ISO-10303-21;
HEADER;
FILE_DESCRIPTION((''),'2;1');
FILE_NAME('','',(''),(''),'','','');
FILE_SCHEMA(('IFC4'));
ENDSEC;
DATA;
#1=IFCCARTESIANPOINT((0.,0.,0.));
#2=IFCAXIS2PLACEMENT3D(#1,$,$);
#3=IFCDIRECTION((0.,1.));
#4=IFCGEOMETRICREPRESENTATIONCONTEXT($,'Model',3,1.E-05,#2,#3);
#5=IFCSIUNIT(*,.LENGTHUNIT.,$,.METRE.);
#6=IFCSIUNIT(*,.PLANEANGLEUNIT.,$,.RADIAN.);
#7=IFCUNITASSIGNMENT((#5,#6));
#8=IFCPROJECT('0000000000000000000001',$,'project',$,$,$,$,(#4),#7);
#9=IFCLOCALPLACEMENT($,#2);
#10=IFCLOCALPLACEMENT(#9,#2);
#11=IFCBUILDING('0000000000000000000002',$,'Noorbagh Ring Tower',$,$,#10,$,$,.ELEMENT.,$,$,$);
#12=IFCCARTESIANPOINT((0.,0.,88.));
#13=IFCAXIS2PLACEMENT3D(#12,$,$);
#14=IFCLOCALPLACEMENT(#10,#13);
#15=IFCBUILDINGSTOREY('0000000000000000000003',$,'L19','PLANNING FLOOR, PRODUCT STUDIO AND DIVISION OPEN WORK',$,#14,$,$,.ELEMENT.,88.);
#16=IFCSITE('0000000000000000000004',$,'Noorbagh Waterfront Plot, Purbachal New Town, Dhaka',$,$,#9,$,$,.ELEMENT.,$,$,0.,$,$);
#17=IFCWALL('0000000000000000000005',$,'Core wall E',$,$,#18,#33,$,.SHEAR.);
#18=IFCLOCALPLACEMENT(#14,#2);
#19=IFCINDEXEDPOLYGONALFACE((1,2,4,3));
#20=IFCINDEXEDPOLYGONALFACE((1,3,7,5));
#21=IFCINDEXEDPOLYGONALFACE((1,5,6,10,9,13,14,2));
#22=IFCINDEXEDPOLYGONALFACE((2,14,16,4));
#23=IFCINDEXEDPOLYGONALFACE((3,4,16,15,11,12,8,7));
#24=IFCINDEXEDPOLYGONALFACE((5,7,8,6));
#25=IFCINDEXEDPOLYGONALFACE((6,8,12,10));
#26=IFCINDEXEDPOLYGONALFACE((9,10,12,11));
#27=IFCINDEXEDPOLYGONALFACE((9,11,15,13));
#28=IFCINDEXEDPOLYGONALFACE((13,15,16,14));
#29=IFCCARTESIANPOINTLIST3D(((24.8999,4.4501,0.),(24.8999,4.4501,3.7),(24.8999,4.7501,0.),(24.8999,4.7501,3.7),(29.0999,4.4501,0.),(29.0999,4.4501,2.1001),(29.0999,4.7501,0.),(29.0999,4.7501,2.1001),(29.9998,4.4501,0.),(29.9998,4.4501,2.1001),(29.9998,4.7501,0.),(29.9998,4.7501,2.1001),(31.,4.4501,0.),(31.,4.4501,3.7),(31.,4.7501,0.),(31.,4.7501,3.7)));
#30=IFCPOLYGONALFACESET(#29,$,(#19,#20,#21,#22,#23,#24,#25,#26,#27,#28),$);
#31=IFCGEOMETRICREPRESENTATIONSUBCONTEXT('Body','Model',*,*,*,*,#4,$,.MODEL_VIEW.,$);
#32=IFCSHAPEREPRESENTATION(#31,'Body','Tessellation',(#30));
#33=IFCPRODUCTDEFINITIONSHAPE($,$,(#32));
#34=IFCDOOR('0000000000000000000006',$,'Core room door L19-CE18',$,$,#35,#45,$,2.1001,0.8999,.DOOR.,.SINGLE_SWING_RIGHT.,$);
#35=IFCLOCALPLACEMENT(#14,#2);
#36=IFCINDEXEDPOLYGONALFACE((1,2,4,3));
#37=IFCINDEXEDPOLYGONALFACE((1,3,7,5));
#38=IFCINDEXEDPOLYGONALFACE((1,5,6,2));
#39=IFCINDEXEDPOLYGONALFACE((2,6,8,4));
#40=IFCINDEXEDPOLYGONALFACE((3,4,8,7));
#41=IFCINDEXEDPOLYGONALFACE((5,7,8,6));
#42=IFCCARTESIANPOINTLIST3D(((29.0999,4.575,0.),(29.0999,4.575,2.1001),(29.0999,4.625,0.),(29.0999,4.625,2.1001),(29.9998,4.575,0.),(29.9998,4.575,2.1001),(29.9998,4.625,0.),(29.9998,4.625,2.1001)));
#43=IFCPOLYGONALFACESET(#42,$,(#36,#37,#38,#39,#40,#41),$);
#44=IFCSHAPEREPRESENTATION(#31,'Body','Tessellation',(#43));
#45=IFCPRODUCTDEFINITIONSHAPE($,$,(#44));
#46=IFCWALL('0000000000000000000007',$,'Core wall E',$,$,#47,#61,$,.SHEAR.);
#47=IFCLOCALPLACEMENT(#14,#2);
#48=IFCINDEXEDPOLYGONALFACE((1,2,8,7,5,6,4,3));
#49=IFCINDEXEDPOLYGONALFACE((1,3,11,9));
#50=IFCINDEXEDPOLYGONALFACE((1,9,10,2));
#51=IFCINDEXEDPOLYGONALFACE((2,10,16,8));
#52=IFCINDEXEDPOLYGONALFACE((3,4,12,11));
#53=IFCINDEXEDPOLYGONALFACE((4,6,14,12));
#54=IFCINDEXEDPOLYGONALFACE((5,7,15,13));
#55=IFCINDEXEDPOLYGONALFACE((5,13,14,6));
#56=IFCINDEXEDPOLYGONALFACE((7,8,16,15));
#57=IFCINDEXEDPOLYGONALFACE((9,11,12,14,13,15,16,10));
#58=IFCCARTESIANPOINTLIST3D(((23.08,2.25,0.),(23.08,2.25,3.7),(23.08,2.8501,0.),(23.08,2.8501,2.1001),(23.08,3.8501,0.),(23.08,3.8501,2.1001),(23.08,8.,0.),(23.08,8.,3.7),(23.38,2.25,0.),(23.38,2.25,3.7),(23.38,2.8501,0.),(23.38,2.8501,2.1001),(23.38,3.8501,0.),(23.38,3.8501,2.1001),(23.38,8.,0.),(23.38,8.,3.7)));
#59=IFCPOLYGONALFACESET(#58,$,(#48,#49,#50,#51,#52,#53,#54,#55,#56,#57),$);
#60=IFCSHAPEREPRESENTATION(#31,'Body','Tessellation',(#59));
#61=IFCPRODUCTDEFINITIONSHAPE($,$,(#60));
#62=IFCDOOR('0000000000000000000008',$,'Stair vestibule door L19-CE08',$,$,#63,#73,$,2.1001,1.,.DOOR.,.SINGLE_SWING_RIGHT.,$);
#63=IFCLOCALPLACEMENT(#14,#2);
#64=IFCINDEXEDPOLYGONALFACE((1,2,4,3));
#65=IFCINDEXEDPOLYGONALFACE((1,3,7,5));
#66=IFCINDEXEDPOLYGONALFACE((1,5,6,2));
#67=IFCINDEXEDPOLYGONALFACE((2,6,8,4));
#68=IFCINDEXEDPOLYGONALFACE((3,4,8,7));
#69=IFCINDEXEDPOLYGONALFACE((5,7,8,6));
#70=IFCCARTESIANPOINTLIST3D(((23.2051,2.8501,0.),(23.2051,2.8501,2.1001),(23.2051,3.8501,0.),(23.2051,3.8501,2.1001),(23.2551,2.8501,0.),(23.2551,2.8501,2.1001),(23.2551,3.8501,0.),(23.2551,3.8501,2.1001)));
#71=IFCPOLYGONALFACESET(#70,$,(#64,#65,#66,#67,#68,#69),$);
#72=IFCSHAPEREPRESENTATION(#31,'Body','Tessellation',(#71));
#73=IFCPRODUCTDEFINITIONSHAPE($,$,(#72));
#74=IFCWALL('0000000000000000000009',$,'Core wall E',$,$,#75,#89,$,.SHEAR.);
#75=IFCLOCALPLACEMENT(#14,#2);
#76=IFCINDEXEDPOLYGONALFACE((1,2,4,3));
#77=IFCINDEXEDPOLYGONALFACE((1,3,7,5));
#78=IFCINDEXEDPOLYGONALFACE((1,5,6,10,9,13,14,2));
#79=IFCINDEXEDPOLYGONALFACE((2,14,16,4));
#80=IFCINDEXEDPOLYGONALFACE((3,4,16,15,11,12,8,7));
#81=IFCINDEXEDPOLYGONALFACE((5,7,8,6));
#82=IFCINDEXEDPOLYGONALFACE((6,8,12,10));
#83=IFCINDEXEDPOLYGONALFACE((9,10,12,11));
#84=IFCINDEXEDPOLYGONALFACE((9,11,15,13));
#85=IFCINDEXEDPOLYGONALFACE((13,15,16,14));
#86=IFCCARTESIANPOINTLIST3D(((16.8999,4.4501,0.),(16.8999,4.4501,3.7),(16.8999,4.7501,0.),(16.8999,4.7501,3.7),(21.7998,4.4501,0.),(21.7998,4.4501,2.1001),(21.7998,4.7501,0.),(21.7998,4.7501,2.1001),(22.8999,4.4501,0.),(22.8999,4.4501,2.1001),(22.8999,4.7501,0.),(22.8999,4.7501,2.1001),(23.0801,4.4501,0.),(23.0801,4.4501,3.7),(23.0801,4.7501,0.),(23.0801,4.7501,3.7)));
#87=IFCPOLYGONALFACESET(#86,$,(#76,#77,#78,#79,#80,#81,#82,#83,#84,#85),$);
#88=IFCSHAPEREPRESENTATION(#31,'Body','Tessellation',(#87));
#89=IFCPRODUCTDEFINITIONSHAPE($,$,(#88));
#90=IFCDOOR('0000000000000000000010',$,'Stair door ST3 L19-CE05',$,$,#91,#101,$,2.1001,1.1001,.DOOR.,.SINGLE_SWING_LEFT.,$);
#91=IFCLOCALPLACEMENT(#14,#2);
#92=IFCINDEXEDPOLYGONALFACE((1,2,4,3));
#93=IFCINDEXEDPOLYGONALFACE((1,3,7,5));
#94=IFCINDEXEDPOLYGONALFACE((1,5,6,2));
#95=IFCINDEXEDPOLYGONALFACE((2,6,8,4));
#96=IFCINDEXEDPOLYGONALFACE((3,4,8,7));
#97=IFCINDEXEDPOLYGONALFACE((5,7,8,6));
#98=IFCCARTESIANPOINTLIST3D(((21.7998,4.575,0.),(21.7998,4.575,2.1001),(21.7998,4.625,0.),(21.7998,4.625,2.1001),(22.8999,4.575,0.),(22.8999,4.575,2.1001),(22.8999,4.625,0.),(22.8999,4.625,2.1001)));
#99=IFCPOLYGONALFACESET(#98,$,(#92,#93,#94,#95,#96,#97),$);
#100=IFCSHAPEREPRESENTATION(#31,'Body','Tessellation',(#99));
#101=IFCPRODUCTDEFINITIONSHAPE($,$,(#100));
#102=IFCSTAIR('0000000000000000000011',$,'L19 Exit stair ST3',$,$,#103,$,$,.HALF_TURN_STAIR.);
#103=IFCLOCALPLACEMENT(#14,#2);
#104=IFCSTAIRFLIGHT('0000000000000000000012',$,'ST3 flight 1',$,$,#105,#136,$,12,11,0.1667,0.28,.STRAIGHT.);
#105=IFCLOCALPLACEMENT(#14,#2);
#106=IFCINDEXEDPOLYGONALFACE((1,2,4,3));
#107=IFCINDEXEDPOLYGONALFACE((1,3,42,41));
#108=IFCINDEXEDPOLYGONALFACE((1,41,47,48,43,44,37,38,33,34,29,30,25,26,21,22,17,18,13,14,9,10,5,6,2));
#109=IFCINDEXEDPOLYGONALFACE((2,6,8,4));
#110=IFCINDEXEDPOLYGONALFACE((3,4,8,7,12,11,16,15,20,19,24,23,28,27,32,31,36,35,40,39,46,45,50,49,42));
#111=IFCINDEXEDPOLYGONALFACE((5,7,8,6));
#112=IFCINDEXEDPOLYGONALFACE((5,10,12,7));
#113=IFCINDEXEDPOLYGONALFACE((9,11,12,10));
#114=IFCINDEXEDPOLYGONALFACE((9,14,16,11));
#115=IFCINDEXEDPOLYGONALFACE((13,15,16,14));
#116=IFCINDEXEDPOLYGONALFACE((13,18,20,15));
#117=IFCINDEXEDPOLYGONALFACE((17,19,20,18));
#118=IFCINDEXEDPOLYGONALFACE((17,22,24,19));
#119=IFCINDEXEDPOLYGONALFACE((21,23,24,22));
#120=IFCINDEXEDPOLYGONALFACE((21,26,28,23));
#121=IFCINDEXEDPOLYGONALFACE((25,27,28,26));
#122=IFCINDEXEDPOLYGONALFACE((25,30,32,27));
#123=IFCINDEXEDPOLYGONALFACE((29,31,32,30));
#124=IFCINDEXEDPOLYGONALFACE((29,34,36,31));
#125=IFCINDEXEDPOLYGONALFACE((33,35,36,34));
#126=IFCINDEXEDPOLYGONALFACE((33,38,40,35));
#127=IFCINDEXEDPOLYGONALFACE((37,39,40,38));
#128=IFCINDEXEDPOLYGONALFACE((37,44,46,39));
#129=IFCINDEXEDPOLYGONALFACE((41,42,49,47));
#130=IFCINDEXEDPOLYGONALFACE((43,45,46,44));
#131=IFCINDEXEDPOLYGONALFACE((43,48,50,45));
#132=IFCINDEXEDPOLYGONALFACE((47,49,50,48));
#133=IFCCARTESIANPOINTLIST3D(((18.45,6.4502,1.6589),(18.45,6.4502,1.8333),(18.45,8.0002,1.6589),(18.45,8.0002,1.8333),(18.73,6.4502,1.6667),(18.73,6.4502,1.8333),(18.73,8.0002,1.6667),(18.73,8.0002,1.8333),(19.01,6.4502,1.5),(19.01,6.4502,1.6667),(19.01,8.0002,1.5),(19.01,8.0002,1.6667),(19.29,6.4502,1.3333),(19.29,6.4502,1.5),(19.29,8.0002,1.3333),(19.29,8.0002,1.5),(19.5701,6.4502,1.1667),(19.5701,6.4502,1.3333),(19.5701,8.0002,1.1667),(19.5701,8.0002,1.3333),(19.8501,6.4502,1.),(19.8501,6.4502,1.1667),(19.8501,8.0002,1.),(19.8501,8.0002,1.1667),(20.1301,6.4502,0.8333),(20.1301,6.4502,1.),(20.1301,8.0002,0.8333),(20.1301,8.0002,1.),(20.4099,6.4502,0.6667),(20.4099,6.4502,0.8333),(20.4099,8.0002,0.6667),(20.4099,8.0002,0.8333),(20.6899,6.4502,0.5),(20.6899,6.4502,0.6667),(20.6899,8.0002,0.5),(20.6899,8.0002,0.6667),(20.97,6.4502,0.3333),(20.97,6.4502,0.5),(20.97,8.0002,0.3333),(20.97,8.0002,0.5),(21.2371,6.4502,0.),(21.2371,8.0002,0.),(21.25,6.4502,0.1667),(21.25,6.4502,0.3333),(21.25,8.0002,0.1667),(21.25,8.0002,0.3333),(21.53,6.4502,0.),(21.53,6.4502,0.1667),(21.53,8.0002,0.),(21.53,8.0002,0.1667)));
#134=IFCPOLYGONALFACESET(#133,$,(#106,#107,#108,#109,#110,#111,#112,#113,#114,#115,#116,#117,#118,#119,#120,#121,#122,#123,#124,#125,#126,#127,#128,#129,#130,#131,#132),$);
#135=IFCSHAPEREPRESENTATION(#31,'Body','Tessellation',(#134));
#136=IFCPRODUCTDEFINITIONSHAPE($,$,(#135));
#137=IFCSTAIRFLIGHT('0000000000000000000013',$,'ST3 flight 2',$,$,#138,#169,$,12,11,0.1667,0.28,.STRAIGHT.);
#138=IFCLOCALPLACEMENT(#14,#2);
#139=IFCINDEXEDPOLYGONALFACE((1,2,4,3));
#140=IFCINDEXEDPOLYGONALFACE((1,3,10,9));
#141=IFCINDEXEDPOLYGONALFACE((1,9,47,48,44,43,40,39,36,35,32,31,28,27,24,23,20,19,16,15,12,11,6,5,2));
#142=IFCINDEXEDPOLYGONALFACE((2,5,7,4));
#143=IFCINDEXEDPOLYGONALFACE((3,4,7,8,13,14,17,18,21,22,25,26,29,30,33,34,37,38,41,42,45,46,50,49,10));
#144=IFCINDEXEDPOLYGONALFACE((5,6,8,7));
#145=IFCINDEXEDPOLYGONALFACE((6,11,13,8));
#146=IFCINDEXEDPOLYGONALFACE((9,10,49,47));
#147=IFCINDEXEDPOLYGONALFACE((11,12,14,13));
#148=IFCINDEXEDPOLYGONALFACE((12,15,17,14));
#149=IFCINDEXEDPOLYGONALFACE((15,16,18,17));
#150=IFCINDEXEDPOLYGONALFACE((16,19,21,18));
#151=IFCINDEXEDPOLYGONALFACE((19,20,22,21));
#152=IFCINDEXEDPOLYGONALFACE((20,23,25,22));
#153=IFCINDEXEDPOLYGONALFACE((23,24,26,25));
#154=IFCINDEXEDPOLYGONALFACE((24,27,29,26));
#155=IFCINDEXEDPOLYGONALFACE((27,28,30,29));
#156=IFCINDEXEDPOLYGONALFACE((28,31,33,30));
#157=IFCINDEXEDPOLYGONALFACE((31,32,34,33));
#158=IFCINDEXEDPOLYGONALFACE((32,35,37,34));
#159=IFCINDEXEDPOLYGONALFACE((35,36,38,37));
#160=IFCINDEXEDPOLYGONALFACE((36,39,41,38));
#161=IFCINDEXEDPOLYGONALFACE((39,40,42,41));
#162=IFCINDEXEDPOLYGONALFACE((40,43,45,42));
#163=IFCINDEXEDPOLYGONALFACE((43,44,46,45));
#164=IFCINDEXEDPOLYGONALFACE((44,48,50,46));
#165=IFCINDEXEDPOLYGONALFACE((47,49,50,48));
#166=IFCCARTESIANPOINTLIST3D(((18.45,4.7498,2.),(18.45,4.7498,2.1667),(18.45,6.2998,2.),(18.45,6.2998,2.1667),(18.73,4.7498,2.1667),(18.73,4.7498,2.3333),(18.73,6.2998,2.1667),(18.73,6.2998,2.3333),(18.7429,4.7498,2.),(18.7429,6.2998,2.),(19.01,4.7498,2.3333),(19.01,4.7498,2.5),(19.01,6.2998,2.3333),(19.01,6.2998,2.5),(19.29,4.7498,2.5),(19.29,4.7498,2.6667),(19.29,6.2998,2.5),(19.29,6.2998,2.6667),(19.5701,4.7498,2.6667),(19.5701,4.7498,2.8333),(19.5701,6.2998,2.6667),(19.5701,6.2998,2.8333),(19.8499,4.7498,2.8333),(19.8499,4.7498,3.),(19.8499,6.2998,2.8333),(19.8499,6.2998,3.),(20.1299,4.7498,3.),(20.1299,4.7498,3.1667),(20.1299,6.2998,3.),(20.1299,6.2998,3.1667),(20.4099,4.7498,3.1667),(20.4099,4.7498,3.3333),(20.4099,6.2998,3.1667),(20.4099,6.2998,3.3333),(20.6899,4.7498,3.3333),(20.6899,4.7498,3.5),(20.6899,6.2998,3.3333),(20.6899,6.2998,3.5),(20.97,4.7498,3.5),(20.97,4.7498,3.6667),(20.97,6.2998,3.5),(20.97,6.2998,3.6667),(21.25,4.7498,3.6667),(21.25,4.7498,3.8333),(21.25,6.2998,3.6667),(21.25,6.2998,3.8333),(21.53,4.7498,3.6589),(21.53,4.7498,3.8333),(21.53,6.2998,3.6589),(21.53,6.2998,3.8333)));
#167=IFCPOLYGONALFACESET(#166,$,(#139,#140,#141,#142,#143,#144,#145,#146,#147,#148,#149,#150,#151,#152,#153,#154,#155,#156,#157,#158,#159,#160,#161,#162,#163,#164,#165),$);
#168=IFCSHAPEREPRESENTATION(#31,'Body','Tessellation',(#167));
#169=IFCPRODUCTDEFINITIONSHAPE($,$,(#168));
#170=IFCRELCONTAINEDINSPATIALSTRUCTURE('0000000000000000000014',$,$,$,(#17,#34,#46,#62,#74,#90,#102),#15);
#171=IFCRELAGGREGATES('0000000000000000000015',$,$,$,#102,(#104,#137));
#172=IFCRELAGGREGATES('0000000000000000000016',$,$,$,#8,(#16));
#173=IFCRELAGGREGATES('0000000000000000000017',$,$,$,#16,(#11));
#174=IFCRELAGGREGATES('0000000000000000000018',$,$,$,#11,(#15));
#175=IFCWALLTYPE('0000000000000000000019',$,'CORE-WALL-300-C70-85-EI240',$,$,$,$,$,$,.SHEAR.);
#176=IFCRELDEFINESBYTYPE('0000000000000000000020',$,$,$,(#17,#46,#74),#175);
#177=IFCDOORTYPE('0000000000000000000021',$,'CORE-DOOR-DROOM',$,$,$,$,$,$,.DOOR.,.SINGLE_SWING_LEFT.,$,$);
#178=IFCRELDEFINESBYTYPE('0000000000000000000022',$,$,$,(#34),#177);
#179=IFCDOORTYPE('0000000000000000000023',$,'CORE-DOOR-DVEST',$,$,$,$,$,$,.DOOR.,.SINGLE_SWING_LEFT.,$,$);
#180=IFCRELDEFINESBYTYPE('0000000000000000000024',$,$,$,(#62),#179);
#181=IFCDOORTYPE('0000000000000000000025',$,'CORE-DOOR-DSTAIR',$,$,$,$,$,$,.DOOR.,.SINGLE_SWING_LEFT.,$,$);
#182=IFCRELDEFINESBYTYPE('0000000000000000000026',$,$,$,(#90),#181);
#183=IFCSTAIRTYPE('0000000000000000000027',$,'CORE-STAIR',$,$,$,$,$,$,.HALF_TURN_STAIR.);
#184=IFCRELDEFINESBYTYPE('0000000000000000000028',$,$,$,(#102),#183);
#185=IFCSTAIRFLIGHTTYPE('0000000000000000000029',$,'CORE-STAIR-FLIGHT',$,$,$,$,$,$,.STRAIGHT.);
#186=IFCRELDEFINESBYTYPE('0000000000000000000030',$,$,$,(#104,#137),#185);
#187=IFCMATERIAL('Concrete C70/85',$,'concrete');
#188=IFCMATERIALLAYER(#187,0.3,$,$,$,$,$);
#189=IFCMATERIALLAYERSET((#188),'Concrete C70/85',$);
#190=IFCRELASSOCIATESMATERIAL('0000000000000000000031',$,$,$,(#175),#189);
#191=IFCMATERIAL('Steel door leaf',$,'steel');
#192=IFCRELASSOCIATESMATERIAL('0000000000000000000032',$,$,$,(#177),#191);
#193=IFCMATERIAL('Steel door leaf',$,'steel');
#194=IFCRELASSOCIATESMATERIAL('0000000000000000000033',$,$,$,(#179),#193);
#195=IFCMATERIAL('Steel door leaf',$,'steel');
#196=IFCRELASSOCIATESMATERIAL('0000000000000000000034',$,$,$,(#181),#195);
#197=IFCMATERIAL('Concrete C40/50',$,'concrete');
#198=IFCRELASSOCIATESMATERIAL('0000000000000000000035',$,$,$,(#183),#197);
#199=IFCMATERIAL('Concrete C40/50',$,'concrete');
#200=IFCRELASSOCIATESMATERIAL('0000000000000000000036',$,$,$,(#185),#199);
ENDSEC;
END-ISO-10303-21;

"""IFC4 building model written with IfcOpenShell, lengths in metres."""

from ifc_helpers import new_model, si_unit, direction, frame, frame_2d, origin, place, context, subcontext, project, spatial, polyline, rectangle, outline, extrude, material, layer, layer_set, type_object, element, fill, aggregate, save


model = new_model("IFC4")

# Units and contexts
model_context = context("Model", 3, precision=1e-05, world=origin(), true_north=direction((0.0, 1.0)))
body_context = subcontext(model_context, "Body", "Model", "MODEL_VIEW")
ifc_project = project(units=[si_unit("LENGTHUNIT", "METRE"), si_unit("PLANEANGLEUNIT", "RADIAN")], contexts=[model_context])

# Site, building, storey
site_placement = place(None, origin())
site = spatial("IfcSite", under=ifc_project, at=site_placement, Name="Noorbagh Waterfront Plot, Purbachal New Town, Dhaka", CompositionType="ELEMENT", RefElevation=0.0)
building_placement = place(site_placement, origin())
building = spatial("IfcBuilding", under=site, at=building_placement, Name="Noorbagh Ring Tower", CompositionType="ELEMENT")
storey_placement = place(building_placement, frame((0.0, 0.0, 88.0)))
storey = spatial("IfcBuildingStorey", under=building, at=storey_placement, Name="L19", Description="PLANNING FLOOR, PRODUCT STUDIO AND DIVISION OPEN WORK", CompositionType="ELEMENT", Elevation=88.0)

# Walls, openings, doors
ifc_material_1 = material(Name="Concrete C70/85", Category="concrete")
ifc_layer_1 = layer(ifc_material_1, 0.3)
ifc_layer_set_1 = layer_set([ifc_layer_1], Name="Concrete C70/85")
wall_type_1 = type_object("IfcWallType", Name="CORE-WALL-300-C70-85-EI240", PredefinedType="SHEAR", material=ifc_layer_set_1)
wall_1_placement = place(storey_placement, frame((24.8999, 4.6001, 0.0), z_axis=(0.0, 0.0, 1.0), x_axis=(1.0, 0.0, 0.0)))
wall_1 = element("IfcWall", 1, at=wall_1_placement, inside=storey, type_object=wall_type_1, Name="Core wall E", PredefinedType="SHEAR", context=body_context, shape_type="SweptSolid", body=[
    extrude(rectangle(XDim=6.1001, YDim=0.3, at=frame_2d((3.05, 0.0))), origin(), (0.0, 0.0, 1.0), 3.7),
])
opening_1_placement = place(wall_1_placement, frame((4.2, 0.0, 0.0)))
opening_1 = element("IfcOpeningElement", 2, at=opening_1_placement, cuts=wall_1, PredefinedType="OPENING", context=body_context, shape_type="SweptSolid", body=[
    extrude(rectangle(XDim=0.8999, YDim=2.1001, at=frame_2d((0.45, 1.05))), frame((0.0, 0.1602, 0.0), z_axis=(0.0, -1.0, 0.0), x_axis=(1.0, 0.0, 0.0)), (0.0, 0.0, 1.0), 0.3201),
])
ifc_material_2 = material(Name="Steel door leaf", Category="steel")
door_type_1 = type_object("IfcDoorType", Name="CORE-DOOR-DROOM", OperationType="SINGLE_SWING_LEFT", PredefinedType="DOOR", material=ifc_material_2)
door_1_placement = place(opening_1_placement, origin())
door_1 = element("IfcDoor", 3, at=door_1_placement, inside=storey, type_object=door_type_1, Name="Core room door L19-CE18", OperationType="SINGLE_SWING_RIGHT", OverallHeight=2.1001, OverallWidth=0.8999, PredefinedType="DOOR", context=body_context, shape_type="SweptSolid", body=[
    extrude(rectangle(XDim=0.8999, YDim=2.1001, at=frame_2d((0.45, 1.05))), frame((0.0, 0.0249, 0.0), z_axis=(0.0, -1.0, 0.0), x_axis=(1.0, 0.0, 0.0)), (0.0, 0.0, 1.0), 0.05),
])
fill(opening_1, door_1)
wall_2_placement = place(storey_placement, frame((23.23, 2.25, 0.0), z_axis=(0.0, 0.0, 1.0), x_axis=(0.0, 1.0, 0.0)))
wall_2 = element("IfcWall", 4, at=wall_2_placement, inside=storey, type_object=wall_type_1, Name="Core wall E", PredefinedType="SHEAR", context=body_context, shape_type="SweptSolid", body=[
    extrude(rectangle(XDim=5.75, YDim=0.3, at=frame_2d((2.875, 0.0))), origin(), (0.0, 0.0, 1.0), 3.7),
])
opening_2_placement = place(wall_2_placement, frame((0.6001, 0.0, 0.0)))
opening_2 = element("IfcOpeningElement", 5, at=opening_2_placement, cuts=wall_2, PredefinedType="OPENING", context=body_context, shape_type="SweptSolid", body=[
    extrude(rectangle(XDim=1.0, YDim=2.1001, at=frame_2d((0.5, 1.05))), frame((0.0, 0.1602, 0.0), z_axis=(0.0, -1.0, 0.0), x_axis=(1.0, 0.0, 0.0)), (0.0, 0.0, 1.0), 0.3201),
])
ifc_material_3 = material(Name="Steel door leaf", Category="steel")
door_type_2 = type_object("IfcDoorType", Name="CORE-DOOR-DVEST", OperationType="SINGLE_SWING_LEFT", PredefinedType="DOOR", material=ifc_material_3)
door_2_placement = place(opening_2_placement, origin())
door_2 = element("IfcDoor", 6, at=door_2_placement, inside=storey, type_object=door_type_2, Name="Stair vestibule door L19-CE08", OperationType="SINGLE_SWING_RIGHT", OverallHeight=2.1001, OverallWidth=1.0, PredefinedType="DOOR", context=body_context, shape_type="SweptSolid", body=[
    extrude(rectangle(XDim=1.0, YDim=2.1001, at=frame_2d((0.5, 1.05))), frame((0.0, 0.0249, 0.0), z_axis=(0.0, -1.0, 0.0), x_axis=(1.0, 0.0, 0.0)), (0.0, 0.0, 1.0), 0.05),
])
fill(opening_2, door_2)
wall_3_placement = place(storey_placement, frame((16.8999, 4.6001, 0.0), z_axis=(0.0, 0.0, 1.0), x_axis=(1.0, 0.0, 0.0)))
wall_3 = element("IfcWall", 7, at=wall_3_placement, inside=storey, type_object=wall_type_1, Name="Core wall E", PredefinedType="SHEAR", context=body_context, shape_type="SweptSolid", body=[
    extrude(rectangle(XDim=6.1802, YDim=0.3, at=frame_2d((3.0901, 0.0))), origin(), (0.0, 0.0, 1.0), 3.7),
])
opening_3_placement = place(wall_3_placement, frame((4.8999, 0.0, 0.0)))
opening_3 = element("IfcOpeningElement", 8, at=opening_3_placement, cuts=wall_3, PredefinedType="OPENING", context=body_context, shape_type="SweptSolid", body=[
    extrude(rectangle(XDim=1.1001, YDim=2.1001, at=frame_2d((0.55, 1.05))), frame((0.0, 0.1602, 0.0), z_axis=(0.0, -1.0, 0.0), x_axis=(1.0, 0.0, 0.0)), (0.0, 0.0, 1.0), 0.3201),
])
ifc_material_4 = material(Name="Steel door leaf", Category="steel")
door_type_3 = type_object("IfcDoorType", Name="CORE-DOOR-DSTAIR", OperationType="SINGLE_SWING_LEFT", PredefinedType="DOOR", material=ifc_material_4)
door_3_placement = place(opening_3_placement, origin())
door_3 = element("IfcDoor", 9, at=door_3_placement, inside=storey, type_object=door_type_3, Name="Stair door ST3 L19-CE05", OperationType="SINGLE_SWING_LEFT", OverallHeight=2.1001, OverallWidth=1.1001, PredefinedType="DOOR", context=body_context, shape_type="SweptSolid", body=[
    extrude(rectangle(XDim=1.1001, YDim=2.1001, at=frame_2d((0.55, 1.05))), frame((0.0, 0.0249, 0.0), z_axis=(0.0, -1.0, 0.0), x_axis=(1.0, 0.0, 0.0)), (0.0, 0.0, 1.0), 0.05),
])
fill(opening_3, door_3)

# Stair, stair flights
ifc_material_5 = material(Name="Concrete C40/50", Category="concrete")
stair_type = type_object("IfcStairType", Name="CORE-STAIR", PredefinedType="HALF_TURN_STAIR", material=ifc_material_5)
stair_placement = place(storey_placement, origin())
stair = element("IfcStair", 10, at=stair_placement, inside=storey, type_object=stair_type, Name="L19 Exit stair ST3", PredefinedType="HALF_TURN_STAIR")
ifc_material_6 = material(Name="Concrete C40/50", Category="concrete")
stair_flight_type = type_object("IfcStairFlightType", Name="CORE-STAIR-FLIGHT", PredefinedType="STRAIGHT", material=ifc_material_6)
stair_flight_1_placement = place(storey_placement, frame((21.53, 7.2251, 0.0), z_axis=(0.0, 0.0, 1.0), x_axis=(-1.0, 0.0, 0.0)))
stair_flight_1 = element("IfcStairFlight", 11, at=stair_flight_1_placement, type_object=stair_flight_type, Name="ST3 flight 1", NumberOfRisers=12, NumberOfTreads=11, PredefinedType="STRAIGHT", RiserHeight=0.1667, TreadLength=0.28, context=body_context, shape_type="SweptSolid", body=[
    extrude(outline(polyline([(0.0, 0.0), (0.0, 0.1667), (0.28, 0.1667), (0.28, 0.3333), (0.5601, 0.3333), (0.5601, 0.5), (0.8401, 0.5), (0.8401, 0.6667), (1.1201, 0.6667), (1.1201, 0.8333), (1.3999, 0.8333), (1.3999, 1.0), (1.6799, 1.0), (1.6799, 1.1667), (1.96, 1.1667), (1.96, 1.3333), (2.24, 1.3333), (2.24, 1.5), (2.52, 1.5), (2.52, 1.6667), (2.8, 1.6667), (2.8, 1.8333), (3.0801, 1.8333), (3.0801, 2.0), (3.0801, 1.6589), (0.293, 0.0), (0.0, 0.0)])), frame((0.0, 0.7749, 0.0), z_axis=(0.0, -1.0, 0.0), x_axis=(1.0, 0.0, 0.0)), (0.0, 0.0, 1.0), 1.55),
])
stair_flight_2_placement = place(storey_placement, frame((18.45, 5.5249, 2.0), z_axis=(0.0, 0.0, 1.0), x_axis=(1.0, 0.0, 0.0)))
stair_flight_2 = element("IfcStairFlight", 12, at=stair_flight_2_placement, type_object=stair_flight_type, Name="ST3 flight 2", NumberOfRisers=12, NumberOfTreads=11, PredefinedType="STRAIGHT", RiserHeight=0.1667, TreadLength=0.28, context=body_context, shape_type="SweptSolid", body=[
    extrude(outline(polyline([(0.0, 0.0), (0.0, 0.1667), (0.28, 0.1667), (0.28, 0.3333), (0.5601, 0.3333), (0.5601, 0.5), (0.8401, 0.5), (0.8401, 0.6667), (1.1201, 0.6667), (1.1201, 0.8333), (1.3999, 0.8333), (1.3999, 1.0), (1.6799, 1.0), (1.6799, 1.1667), (1.96, 1.1667), (1.96, 1.3333), (2.24, 1.3333), (2.24, 1.5), (2.52, 1.5), (2.52, 1.6667), (2.8, 1.6667), (2.8, 1.8333), (3.0801, 1.8333), (3.0801, 2.0), (3.0801, 1.6589), (0.293, 0.0), (0.0, 0.0)])), frame((0.0, 0.7749, 0.0), z_axis=(0.0, -1.0, 0.0), x_axis=(1.0, 0.0, 0.0)), (0.0, 0.0, 1.0), 1.55),
])
aggregate(stair, [stair_flight_1, stair_flight_2])

save(model, "model.ifc")
